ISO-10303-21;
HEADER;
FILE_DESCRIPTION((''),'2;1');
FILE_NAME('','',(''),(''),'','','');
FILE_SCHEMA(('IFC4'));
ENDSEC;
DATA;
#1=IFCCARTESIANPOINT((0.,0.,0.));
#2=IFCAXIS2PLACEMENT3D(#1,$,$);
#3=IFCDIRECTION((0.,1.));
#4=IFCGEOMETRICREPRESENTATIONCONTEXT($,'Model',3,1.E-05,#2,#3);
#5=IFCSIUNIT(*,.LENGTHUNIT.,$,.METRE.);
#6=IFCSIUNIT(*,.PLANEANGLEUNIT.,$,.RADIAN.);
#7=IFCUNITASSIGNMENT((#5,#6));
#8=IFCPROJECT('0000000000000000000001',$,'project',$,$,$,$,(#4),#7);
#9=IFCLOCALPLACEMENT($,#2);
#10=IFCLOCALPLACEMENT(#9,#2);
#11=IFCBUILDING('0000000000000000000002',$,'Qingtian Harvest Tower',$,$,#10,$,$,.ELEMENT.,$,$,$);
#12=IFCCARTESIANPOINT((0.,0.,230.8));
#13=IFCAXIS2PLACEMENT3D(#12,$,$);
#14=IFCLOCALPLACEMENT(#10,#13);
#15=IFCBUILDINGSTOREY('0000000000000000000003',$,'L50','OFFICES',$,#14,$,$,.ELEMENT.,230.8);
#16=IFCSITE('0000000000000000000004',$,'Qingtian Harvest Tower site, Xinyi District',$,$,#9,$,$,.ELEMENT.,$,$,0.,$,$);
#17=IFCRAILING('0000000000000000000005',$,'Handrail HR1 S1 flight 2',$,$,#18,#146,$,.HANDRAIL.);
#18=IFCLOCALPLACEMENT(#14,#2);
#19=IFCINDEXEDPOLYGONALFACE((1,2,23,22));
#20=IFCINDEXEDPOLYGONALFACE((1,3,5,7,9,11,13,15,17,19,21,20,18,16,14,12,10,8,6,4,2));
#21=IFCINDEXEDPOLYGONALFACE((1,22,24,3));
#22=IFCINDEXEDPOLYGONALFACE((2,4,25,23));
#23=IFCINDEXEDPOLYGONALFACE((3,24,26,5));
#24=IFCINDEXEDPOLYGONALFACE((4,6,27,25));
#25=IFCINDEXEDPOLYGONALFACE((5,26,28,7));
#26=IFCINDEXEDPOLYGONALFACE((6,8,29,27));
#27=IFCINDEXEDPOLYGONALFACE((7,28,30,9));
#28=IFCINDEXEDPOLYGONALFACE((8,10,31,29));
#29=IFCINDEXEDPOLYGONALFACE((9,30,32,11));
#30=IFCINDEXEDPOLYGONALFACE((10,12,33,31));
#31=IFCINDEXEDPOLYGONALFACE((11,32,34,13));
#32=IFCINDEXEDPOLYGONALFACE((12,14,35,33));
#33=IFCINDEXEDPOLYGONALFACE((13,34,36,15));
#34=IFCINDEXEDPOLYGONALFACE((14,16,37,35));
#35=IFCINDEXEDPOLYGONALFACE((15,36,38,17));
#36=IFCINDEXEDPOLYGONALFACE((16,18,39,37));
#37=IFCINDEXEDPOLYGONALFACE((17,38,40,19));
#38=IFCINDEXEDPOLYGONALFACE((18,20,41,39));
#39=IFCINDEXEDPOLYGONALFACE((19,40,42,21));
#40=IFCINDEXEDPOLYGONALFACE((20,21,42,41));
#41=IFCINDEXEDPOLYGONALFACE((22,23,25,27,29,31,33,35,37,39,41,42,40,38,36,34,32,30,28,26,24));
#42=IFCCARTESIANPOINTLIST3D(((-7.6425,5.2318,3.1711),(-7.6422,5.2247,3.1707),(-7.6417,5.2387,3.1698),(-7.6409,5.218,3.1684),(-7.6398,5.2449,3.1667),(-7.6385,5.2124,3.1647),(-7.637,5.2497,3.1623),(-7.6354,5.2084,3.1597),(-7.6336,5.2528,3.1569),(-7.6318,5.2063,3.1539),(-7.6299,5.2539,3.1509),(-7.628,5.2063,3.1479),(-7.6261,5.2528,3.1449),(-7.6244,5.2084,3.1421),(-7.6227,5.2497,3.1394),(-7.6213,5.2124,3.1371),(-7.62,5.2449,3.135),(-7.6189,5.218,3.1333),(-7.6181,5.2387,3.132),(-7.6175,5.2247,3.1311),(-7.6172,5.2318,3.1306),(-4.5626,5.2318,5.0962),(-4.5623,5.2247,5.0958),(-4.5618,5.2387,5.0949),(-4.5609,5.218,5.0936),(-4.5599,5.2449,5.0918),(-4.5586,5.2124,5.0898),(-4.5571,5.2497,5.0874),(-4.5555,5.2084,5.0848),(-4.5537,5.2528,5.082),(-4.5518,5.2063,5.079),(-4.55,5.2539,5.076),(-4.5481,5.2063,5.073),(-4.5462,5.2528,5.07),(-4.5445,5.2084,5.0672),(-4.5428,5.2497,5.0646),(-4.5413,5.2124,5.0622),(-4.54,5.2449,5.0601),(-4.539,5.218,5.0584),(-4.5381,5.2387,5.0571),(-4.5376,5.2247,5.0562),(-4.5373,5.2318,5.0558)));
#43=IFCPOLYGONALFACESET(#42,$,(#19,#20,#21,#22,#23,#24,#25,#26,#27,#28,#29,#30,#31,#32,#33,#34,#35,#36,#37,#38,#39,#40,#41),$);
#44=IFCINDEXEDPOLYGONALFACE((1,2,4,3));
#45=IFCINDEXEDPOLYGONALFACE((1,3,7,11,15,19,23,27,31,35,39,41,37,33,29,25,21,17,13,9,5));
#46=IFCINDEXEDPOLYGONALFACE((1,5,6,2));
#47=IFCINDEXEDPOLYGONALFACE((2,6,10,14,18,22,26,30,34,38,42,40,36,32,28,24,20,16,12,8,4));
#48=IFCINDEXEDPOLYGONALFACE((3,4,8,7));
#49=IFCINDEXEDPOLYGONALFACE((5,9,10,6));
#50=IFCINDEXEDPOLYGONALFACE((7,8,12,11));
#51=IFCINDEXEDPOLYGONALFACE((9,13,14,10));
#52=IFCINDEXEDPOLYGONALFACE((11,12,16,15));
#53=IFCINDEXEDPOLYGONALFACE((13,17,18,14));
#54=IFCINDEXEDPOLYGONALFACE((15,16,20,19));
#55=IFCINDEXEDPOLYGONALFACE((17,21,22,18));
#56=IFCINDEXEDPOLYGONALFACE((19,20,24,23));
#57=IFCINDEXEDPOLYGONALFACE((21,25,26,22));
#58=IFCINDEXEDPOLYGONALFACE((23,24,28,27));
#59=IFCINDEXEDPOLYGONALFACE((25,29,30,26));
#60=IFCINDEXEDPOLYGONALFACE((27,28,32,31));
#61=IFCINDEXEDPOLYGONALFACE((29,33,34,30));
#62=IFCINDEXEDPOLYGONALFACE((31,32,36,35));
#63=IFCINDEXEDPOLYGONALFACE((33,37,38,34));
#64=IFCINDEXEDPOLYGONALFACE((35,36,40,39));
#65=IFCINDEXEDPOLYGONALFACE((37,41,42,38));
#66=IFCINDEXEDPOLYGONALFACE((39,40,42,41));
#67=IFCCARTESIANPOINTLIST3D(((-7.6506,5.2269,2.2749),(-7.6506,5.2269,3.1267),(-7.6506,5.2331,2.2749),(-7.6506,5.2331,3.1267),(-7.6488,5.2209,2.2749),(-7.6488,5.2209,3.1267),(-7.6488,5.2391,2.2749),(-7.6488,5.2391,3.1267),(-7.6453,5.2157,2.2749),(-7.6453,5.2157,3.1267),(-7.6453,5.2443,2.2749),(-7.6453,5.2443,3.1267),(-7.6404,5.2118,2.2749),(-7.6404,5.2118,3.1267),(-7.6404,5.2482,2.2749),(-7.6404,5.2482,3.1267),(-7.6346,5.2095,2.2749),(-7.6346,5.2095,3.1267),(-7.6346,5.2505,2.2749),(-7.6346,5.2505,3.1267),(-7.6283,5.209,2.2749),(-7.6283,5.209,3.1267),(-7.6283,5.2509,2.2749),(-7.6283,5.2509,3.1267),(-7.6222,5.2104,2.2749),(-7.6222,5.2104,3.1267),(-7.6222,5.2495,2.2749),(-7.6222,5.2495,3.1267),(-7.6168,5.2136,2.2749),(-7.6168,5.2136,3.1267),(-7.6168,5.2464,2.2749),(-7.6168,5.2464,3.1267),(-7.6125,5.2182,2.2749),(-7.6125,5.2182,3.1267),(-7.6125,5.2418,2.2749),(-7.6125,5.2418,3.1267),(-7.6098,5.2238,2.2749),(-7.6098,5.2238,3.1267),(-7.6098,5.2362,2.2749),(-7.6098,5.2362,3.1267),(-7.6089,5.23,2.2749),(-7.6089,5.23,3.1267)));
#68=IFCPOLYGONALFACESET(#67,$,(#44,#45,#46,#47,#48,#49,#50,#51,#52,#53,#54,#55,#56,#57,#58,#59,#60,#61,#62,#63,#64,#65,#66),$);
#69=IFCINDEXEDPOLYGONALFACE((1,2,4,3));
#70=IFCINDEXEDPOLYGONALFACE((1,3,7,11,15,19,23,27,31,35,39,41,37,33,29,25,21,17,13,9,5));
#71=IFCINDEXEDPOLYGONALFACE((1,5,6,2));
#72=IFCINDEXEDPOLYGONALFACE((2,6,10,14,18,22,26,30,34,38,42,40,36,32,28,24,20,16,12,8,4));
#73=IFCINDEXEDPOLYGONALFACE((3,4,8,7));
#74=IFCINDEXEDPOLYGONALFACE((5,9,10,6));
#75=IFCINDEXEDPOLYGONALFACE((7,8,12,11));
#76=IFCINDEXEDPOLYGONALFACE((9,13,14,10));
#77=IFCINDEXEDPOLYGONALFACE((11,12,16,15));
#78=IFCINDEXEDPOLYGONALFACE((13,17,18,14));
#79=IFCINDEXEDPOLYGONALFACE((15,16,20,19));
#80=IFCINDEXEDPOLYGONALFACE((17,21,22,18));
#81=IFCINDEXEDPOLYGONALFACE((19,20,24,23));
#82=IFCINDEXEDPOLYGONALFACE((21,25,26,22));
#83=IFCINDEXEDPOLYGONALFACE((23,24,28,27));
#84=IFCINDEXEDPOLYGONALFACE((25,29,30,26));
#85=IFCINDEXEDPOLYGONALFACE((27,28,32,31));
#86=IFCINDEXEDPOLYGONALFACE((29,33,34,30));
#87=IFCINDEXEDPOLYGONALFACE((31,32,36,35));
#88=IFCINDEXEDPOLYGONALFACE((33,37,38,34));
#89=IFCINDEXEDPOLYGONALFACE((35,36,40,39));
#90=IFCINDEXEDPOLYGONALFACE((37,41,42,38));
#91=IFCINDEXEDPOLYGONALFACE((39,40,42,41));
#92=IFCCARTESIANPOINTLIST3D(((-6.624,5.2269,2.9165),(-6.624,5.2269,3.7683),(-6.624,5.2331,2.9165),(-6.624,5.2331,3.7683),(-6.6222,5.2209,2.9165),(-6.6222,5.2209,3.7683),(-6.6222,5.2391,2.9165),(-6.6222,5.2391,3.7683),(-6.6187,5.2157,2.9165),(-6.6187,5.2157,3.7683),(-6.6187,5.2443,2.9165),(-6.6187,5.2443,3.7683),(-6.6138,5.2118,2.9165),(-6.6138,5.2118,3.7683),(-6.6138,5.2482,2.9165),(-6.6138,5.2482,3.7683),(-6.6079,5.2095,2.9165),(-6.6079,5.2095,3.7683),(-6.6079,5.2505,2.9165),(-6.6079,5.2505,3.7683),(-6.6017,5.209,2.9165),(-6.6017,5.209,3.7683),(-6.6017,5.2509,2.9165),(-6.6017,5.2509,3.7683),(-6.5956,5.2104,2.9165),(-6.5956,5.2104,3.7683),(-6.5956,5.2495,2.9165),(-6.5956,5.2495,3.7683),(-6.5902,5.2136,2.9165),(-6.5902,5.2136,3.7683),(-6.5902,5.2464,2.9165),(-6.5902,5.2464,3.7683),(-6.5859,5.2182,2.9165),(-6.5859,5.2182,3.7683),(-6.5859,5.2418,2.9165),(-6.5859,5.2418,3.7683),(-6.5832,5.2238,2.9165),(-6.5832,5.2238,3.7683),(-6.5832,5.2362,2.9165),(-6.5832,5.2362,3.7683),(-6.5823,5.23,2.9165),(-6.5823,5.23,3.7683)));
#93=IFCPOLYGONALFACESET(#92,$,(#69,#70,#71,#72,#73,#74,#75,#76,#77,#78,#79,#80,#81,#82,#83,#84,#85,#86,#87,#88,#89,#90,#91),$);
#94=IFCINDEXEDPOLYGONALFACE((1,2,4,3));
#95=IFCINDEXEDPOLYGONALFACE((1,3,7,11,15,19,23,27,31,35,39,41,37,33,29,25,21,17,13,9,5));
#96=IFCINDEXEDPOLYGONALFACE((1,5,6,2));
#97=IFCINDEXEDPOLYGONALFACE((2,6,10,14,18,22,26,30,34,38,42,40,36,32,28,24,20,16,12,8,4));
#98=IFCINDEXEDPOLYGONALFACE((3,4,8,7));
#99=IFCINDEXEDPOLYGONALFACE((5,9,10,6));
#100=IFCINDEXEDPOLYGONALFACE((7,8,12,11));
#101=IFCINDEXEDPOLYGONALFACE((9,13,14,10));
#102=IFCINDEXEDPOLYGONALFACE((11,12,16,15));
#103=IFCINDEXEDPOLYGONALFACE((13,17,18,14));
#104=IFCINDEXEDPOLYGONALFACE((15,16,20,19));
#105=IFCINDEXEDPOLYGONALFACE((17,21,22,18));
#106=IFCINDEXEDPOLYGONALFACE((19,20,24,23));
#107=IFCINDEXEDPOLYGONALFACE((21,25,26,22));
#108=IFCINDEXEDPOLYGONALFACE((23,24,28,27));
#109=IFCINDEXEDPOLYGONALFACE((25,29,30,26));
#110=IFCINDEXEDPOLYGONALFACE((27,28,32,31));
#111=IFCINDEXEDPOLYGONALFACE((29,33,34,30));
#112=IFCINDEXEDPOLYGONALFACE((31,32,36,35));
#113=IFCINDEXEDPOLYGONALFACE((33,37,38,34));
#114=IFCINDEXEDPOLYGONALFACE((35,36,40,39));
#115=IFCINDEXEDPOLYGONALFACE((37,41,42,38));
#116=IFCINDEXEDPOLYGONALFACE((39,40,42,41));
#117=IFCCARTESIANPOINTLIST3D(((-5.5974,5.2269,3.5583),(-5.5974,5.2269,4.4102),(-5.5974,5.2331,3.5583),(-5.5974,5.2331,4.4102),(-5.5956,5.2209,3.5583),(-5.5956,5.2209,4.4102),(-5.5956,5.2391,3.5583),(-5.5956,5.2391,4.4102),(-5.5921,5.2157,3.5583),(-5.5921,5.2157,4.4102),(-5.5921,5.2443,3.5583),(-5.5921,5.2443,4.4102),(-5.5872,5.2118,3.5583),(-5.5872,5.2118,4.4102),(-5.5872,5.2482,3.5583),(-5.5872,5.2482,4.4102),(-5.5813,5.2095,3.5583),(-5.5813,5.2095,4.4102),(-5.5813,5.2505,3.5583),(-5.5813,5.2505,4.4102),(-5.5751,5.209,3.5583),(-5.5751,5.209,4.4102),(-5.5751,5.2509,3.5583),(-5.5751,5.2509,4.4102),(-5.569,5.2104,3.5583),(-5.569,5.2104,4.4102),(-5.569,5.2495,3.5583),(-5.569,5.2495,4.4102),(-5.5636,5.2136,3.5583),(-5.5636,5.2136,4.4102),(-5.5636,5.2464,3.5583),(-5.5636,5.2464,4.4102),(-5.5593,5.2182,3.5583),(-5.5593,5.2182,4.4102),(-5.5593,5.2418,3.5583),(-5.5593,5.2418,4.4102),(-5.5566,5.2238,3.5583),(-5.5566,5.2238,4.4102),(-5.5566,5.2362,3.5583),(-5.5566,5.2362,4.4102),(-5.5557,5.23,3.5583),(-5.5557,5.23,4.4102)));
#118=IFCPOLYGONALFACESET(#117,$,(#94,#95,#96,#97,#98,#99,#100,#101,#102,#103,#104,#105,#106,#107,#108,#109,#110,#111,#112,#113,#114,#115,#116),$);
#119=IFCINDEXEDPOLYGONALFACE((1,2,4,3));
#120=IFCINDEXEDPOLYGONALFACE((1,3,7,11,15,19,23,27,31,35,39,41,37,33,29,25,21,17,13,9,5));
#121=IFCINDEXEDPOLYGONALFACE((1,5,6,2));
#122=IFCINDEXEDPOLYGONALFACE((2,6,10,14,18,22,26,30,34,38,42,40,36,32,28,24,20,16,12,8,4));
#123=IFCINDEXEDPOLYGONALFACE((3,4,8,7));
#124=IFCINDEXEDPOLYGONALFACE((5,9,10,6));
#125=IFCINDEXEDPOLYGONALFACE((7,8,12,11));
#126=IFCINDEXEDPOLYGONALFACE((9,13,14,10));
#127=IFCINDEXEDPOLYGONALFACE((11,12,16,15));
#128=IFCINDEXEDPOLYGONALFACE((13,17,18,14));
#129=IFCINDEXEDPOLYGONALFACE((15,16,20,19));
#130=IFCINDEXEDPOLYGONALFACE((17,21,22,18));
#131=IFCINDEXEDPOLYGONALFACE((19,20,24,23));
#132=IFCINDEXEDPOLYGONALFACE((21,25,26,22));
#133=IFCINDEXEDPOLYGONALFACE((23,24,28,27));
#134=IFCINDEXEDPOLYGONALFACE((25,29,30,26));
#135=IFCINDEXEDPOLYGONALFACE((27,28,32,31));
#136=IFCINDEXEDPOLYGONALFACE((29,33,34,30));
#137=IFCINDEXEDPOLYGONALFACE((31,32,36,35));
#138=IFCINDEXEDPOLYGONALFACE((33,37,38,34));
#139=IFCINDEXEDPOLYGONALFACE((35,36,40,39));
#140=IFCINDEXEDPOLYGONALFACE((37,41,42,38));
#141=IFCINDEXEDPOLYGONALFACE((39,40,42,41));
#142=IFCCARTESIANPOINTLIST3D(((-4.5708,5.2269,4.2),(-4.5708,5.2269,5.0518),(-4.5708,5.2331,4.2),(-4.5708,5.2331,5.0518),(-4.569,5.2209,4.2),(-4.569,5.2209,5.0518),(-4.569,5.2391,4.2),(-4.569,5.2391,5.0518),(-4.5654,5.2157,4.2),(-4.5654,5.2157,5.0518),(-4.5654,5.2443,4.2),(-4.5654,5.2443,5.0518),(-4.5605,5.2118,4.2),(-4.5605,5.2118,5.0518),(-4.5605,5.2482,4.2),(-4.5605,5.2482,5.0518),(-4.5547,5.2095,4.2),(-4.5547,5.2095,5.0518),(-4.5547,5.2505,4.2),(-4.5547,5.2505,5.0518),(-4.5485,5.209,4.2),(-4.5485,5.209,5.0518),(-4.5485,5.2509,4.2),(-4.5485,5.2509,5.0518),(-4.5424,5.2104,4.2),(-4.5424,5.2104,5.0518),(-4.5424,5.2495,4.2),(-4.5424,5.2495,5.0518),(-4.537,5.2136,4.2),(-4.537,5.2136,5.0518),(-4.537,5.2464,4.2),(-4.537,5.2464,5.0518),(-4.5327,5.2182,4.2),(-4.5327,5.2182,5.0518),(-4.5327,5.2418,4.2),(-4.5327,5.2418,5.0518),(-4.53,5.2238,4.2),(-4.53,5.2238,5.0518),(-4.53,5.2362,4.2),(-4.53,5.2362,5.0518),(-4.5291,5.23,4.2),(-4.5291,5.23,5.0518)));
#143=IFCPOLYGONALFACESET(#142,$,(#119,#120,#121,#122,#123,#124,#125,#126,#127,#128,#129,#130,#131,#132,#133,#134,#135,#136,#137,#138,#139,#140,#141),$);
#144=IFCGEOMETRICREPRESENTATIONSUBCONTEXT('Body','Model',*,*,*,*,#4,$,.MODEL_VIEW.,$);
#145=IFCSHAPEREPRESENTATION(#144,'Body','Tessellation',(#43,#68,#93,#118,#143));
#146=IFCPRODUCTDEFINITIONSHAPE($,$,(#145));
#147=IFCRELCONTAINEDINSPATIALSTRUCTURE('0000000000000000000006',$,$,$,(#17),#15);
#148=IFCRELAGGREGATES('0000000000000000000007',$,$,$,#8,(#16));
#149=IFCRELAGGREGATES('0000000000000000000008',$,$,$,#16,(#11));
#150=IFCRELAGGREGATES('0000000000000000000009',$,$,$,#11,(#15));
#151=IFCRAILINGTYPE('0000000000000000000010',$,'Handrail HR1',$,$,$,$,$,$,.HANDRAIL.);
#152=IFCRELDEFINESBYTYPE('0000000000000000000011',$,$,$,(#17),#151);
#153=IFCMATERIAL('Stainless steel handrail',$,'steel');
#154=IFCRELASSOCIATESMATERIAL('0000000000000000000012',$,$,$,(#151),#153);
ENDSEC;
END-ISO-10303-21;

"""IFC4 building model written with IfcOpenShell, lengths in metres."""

from ifc_helpers import new_model, si_unit, direction, frame, origin, origin_2d, place, context, subcontext, project, spatial, circle, extrude, material, type_object, element, save


model = new_model("IFC4")

# Units and contexts
model_context = context("Model", 3, precision=1e-05, world=origin(), true_north=direction((0.0, 1.0)))
body_context = subcontext(model_context, "Body", "Model", "MODEL_VIEW")
ifc_project = project(units=[si_unit("LENGTHUNIT", "METRE"), si_unit("PLANEANGLEUNIT", "RADIAN")], contexts=[model_context])

# Site, building, storey
site_placement = place(None, origin())
site = spatial("IfcSite", under=ifc_project, at=site_placement, Name="Qingtian Harvest Tower site, Xinyi District", CompositionType="ELEMENT", RefElevation=0.0)
building_placement = place(site_placement, origin())
building = spatial("IfcBuilding", under=site, at=building_placement, Name="Qingtian Harvest Tower", CompositionType="ELEMENT")
storey_placement = place(building_placement, frame((0.0, 0.0, 230.8)))
storey = spatial("IfcBuildingStorey", under=building, at=storey_placement, Name="L50", Description="OFFICES", CompositionType="ELEMENT", Elevation=230.8)

# Railing
ifc_material_1 = material(Name="Stainless steel handrail", Category="steel")
railing_type = type_object("IfcRailingType", Name="Handrail HR1", PredefinedType="HANDRAIL", material=ifc_material_1)
railing_1_placement = place(storey_placement, frame((-7.6299, 5.23, 2.2749)))
element("IfcRailing", 1, at=railing_1_placement, inside=storey, type_object=railing_type, Name="Handrail HR1 S1 flight 2", PredefinedType="HANDRAIL", context=body_context, shape_type="SweptSolid", body=[
    extrude(circle(Radius=0.0239, at=origin_2d()), frame((0.0, 0.0, 0.876), z_axis=(0.847979, 0.0, 0.530029), x_axis=(0.0, 1.0, 0.0)), (0.0, 0.0, 1.0), 3.6321),
    extrude(circle(Radius=0.021, at=origin_2d()), origin(), (0.0, 0.0, 1.0), 0.8518),
    extrude(circle(Radius=0.021, at=origin_2d()), frame((1.0266, 0.0, 0.6416)), (0.0, 0.0, 1.0), 0.8518),
    extrude(circle(Radius=0.021, at=origin_2d()), frame((2.0532, 0.0, 1.2834)), (0.0, 0.0, 1.0), 0.8518),
    extrude(circle(Radius=0.021, at=origin_2d()), frame((3.0798, 0.0, 1.925)), (0.0, 0.0, 1.0), 0.8518),
])

save(model, "model.ifc")
